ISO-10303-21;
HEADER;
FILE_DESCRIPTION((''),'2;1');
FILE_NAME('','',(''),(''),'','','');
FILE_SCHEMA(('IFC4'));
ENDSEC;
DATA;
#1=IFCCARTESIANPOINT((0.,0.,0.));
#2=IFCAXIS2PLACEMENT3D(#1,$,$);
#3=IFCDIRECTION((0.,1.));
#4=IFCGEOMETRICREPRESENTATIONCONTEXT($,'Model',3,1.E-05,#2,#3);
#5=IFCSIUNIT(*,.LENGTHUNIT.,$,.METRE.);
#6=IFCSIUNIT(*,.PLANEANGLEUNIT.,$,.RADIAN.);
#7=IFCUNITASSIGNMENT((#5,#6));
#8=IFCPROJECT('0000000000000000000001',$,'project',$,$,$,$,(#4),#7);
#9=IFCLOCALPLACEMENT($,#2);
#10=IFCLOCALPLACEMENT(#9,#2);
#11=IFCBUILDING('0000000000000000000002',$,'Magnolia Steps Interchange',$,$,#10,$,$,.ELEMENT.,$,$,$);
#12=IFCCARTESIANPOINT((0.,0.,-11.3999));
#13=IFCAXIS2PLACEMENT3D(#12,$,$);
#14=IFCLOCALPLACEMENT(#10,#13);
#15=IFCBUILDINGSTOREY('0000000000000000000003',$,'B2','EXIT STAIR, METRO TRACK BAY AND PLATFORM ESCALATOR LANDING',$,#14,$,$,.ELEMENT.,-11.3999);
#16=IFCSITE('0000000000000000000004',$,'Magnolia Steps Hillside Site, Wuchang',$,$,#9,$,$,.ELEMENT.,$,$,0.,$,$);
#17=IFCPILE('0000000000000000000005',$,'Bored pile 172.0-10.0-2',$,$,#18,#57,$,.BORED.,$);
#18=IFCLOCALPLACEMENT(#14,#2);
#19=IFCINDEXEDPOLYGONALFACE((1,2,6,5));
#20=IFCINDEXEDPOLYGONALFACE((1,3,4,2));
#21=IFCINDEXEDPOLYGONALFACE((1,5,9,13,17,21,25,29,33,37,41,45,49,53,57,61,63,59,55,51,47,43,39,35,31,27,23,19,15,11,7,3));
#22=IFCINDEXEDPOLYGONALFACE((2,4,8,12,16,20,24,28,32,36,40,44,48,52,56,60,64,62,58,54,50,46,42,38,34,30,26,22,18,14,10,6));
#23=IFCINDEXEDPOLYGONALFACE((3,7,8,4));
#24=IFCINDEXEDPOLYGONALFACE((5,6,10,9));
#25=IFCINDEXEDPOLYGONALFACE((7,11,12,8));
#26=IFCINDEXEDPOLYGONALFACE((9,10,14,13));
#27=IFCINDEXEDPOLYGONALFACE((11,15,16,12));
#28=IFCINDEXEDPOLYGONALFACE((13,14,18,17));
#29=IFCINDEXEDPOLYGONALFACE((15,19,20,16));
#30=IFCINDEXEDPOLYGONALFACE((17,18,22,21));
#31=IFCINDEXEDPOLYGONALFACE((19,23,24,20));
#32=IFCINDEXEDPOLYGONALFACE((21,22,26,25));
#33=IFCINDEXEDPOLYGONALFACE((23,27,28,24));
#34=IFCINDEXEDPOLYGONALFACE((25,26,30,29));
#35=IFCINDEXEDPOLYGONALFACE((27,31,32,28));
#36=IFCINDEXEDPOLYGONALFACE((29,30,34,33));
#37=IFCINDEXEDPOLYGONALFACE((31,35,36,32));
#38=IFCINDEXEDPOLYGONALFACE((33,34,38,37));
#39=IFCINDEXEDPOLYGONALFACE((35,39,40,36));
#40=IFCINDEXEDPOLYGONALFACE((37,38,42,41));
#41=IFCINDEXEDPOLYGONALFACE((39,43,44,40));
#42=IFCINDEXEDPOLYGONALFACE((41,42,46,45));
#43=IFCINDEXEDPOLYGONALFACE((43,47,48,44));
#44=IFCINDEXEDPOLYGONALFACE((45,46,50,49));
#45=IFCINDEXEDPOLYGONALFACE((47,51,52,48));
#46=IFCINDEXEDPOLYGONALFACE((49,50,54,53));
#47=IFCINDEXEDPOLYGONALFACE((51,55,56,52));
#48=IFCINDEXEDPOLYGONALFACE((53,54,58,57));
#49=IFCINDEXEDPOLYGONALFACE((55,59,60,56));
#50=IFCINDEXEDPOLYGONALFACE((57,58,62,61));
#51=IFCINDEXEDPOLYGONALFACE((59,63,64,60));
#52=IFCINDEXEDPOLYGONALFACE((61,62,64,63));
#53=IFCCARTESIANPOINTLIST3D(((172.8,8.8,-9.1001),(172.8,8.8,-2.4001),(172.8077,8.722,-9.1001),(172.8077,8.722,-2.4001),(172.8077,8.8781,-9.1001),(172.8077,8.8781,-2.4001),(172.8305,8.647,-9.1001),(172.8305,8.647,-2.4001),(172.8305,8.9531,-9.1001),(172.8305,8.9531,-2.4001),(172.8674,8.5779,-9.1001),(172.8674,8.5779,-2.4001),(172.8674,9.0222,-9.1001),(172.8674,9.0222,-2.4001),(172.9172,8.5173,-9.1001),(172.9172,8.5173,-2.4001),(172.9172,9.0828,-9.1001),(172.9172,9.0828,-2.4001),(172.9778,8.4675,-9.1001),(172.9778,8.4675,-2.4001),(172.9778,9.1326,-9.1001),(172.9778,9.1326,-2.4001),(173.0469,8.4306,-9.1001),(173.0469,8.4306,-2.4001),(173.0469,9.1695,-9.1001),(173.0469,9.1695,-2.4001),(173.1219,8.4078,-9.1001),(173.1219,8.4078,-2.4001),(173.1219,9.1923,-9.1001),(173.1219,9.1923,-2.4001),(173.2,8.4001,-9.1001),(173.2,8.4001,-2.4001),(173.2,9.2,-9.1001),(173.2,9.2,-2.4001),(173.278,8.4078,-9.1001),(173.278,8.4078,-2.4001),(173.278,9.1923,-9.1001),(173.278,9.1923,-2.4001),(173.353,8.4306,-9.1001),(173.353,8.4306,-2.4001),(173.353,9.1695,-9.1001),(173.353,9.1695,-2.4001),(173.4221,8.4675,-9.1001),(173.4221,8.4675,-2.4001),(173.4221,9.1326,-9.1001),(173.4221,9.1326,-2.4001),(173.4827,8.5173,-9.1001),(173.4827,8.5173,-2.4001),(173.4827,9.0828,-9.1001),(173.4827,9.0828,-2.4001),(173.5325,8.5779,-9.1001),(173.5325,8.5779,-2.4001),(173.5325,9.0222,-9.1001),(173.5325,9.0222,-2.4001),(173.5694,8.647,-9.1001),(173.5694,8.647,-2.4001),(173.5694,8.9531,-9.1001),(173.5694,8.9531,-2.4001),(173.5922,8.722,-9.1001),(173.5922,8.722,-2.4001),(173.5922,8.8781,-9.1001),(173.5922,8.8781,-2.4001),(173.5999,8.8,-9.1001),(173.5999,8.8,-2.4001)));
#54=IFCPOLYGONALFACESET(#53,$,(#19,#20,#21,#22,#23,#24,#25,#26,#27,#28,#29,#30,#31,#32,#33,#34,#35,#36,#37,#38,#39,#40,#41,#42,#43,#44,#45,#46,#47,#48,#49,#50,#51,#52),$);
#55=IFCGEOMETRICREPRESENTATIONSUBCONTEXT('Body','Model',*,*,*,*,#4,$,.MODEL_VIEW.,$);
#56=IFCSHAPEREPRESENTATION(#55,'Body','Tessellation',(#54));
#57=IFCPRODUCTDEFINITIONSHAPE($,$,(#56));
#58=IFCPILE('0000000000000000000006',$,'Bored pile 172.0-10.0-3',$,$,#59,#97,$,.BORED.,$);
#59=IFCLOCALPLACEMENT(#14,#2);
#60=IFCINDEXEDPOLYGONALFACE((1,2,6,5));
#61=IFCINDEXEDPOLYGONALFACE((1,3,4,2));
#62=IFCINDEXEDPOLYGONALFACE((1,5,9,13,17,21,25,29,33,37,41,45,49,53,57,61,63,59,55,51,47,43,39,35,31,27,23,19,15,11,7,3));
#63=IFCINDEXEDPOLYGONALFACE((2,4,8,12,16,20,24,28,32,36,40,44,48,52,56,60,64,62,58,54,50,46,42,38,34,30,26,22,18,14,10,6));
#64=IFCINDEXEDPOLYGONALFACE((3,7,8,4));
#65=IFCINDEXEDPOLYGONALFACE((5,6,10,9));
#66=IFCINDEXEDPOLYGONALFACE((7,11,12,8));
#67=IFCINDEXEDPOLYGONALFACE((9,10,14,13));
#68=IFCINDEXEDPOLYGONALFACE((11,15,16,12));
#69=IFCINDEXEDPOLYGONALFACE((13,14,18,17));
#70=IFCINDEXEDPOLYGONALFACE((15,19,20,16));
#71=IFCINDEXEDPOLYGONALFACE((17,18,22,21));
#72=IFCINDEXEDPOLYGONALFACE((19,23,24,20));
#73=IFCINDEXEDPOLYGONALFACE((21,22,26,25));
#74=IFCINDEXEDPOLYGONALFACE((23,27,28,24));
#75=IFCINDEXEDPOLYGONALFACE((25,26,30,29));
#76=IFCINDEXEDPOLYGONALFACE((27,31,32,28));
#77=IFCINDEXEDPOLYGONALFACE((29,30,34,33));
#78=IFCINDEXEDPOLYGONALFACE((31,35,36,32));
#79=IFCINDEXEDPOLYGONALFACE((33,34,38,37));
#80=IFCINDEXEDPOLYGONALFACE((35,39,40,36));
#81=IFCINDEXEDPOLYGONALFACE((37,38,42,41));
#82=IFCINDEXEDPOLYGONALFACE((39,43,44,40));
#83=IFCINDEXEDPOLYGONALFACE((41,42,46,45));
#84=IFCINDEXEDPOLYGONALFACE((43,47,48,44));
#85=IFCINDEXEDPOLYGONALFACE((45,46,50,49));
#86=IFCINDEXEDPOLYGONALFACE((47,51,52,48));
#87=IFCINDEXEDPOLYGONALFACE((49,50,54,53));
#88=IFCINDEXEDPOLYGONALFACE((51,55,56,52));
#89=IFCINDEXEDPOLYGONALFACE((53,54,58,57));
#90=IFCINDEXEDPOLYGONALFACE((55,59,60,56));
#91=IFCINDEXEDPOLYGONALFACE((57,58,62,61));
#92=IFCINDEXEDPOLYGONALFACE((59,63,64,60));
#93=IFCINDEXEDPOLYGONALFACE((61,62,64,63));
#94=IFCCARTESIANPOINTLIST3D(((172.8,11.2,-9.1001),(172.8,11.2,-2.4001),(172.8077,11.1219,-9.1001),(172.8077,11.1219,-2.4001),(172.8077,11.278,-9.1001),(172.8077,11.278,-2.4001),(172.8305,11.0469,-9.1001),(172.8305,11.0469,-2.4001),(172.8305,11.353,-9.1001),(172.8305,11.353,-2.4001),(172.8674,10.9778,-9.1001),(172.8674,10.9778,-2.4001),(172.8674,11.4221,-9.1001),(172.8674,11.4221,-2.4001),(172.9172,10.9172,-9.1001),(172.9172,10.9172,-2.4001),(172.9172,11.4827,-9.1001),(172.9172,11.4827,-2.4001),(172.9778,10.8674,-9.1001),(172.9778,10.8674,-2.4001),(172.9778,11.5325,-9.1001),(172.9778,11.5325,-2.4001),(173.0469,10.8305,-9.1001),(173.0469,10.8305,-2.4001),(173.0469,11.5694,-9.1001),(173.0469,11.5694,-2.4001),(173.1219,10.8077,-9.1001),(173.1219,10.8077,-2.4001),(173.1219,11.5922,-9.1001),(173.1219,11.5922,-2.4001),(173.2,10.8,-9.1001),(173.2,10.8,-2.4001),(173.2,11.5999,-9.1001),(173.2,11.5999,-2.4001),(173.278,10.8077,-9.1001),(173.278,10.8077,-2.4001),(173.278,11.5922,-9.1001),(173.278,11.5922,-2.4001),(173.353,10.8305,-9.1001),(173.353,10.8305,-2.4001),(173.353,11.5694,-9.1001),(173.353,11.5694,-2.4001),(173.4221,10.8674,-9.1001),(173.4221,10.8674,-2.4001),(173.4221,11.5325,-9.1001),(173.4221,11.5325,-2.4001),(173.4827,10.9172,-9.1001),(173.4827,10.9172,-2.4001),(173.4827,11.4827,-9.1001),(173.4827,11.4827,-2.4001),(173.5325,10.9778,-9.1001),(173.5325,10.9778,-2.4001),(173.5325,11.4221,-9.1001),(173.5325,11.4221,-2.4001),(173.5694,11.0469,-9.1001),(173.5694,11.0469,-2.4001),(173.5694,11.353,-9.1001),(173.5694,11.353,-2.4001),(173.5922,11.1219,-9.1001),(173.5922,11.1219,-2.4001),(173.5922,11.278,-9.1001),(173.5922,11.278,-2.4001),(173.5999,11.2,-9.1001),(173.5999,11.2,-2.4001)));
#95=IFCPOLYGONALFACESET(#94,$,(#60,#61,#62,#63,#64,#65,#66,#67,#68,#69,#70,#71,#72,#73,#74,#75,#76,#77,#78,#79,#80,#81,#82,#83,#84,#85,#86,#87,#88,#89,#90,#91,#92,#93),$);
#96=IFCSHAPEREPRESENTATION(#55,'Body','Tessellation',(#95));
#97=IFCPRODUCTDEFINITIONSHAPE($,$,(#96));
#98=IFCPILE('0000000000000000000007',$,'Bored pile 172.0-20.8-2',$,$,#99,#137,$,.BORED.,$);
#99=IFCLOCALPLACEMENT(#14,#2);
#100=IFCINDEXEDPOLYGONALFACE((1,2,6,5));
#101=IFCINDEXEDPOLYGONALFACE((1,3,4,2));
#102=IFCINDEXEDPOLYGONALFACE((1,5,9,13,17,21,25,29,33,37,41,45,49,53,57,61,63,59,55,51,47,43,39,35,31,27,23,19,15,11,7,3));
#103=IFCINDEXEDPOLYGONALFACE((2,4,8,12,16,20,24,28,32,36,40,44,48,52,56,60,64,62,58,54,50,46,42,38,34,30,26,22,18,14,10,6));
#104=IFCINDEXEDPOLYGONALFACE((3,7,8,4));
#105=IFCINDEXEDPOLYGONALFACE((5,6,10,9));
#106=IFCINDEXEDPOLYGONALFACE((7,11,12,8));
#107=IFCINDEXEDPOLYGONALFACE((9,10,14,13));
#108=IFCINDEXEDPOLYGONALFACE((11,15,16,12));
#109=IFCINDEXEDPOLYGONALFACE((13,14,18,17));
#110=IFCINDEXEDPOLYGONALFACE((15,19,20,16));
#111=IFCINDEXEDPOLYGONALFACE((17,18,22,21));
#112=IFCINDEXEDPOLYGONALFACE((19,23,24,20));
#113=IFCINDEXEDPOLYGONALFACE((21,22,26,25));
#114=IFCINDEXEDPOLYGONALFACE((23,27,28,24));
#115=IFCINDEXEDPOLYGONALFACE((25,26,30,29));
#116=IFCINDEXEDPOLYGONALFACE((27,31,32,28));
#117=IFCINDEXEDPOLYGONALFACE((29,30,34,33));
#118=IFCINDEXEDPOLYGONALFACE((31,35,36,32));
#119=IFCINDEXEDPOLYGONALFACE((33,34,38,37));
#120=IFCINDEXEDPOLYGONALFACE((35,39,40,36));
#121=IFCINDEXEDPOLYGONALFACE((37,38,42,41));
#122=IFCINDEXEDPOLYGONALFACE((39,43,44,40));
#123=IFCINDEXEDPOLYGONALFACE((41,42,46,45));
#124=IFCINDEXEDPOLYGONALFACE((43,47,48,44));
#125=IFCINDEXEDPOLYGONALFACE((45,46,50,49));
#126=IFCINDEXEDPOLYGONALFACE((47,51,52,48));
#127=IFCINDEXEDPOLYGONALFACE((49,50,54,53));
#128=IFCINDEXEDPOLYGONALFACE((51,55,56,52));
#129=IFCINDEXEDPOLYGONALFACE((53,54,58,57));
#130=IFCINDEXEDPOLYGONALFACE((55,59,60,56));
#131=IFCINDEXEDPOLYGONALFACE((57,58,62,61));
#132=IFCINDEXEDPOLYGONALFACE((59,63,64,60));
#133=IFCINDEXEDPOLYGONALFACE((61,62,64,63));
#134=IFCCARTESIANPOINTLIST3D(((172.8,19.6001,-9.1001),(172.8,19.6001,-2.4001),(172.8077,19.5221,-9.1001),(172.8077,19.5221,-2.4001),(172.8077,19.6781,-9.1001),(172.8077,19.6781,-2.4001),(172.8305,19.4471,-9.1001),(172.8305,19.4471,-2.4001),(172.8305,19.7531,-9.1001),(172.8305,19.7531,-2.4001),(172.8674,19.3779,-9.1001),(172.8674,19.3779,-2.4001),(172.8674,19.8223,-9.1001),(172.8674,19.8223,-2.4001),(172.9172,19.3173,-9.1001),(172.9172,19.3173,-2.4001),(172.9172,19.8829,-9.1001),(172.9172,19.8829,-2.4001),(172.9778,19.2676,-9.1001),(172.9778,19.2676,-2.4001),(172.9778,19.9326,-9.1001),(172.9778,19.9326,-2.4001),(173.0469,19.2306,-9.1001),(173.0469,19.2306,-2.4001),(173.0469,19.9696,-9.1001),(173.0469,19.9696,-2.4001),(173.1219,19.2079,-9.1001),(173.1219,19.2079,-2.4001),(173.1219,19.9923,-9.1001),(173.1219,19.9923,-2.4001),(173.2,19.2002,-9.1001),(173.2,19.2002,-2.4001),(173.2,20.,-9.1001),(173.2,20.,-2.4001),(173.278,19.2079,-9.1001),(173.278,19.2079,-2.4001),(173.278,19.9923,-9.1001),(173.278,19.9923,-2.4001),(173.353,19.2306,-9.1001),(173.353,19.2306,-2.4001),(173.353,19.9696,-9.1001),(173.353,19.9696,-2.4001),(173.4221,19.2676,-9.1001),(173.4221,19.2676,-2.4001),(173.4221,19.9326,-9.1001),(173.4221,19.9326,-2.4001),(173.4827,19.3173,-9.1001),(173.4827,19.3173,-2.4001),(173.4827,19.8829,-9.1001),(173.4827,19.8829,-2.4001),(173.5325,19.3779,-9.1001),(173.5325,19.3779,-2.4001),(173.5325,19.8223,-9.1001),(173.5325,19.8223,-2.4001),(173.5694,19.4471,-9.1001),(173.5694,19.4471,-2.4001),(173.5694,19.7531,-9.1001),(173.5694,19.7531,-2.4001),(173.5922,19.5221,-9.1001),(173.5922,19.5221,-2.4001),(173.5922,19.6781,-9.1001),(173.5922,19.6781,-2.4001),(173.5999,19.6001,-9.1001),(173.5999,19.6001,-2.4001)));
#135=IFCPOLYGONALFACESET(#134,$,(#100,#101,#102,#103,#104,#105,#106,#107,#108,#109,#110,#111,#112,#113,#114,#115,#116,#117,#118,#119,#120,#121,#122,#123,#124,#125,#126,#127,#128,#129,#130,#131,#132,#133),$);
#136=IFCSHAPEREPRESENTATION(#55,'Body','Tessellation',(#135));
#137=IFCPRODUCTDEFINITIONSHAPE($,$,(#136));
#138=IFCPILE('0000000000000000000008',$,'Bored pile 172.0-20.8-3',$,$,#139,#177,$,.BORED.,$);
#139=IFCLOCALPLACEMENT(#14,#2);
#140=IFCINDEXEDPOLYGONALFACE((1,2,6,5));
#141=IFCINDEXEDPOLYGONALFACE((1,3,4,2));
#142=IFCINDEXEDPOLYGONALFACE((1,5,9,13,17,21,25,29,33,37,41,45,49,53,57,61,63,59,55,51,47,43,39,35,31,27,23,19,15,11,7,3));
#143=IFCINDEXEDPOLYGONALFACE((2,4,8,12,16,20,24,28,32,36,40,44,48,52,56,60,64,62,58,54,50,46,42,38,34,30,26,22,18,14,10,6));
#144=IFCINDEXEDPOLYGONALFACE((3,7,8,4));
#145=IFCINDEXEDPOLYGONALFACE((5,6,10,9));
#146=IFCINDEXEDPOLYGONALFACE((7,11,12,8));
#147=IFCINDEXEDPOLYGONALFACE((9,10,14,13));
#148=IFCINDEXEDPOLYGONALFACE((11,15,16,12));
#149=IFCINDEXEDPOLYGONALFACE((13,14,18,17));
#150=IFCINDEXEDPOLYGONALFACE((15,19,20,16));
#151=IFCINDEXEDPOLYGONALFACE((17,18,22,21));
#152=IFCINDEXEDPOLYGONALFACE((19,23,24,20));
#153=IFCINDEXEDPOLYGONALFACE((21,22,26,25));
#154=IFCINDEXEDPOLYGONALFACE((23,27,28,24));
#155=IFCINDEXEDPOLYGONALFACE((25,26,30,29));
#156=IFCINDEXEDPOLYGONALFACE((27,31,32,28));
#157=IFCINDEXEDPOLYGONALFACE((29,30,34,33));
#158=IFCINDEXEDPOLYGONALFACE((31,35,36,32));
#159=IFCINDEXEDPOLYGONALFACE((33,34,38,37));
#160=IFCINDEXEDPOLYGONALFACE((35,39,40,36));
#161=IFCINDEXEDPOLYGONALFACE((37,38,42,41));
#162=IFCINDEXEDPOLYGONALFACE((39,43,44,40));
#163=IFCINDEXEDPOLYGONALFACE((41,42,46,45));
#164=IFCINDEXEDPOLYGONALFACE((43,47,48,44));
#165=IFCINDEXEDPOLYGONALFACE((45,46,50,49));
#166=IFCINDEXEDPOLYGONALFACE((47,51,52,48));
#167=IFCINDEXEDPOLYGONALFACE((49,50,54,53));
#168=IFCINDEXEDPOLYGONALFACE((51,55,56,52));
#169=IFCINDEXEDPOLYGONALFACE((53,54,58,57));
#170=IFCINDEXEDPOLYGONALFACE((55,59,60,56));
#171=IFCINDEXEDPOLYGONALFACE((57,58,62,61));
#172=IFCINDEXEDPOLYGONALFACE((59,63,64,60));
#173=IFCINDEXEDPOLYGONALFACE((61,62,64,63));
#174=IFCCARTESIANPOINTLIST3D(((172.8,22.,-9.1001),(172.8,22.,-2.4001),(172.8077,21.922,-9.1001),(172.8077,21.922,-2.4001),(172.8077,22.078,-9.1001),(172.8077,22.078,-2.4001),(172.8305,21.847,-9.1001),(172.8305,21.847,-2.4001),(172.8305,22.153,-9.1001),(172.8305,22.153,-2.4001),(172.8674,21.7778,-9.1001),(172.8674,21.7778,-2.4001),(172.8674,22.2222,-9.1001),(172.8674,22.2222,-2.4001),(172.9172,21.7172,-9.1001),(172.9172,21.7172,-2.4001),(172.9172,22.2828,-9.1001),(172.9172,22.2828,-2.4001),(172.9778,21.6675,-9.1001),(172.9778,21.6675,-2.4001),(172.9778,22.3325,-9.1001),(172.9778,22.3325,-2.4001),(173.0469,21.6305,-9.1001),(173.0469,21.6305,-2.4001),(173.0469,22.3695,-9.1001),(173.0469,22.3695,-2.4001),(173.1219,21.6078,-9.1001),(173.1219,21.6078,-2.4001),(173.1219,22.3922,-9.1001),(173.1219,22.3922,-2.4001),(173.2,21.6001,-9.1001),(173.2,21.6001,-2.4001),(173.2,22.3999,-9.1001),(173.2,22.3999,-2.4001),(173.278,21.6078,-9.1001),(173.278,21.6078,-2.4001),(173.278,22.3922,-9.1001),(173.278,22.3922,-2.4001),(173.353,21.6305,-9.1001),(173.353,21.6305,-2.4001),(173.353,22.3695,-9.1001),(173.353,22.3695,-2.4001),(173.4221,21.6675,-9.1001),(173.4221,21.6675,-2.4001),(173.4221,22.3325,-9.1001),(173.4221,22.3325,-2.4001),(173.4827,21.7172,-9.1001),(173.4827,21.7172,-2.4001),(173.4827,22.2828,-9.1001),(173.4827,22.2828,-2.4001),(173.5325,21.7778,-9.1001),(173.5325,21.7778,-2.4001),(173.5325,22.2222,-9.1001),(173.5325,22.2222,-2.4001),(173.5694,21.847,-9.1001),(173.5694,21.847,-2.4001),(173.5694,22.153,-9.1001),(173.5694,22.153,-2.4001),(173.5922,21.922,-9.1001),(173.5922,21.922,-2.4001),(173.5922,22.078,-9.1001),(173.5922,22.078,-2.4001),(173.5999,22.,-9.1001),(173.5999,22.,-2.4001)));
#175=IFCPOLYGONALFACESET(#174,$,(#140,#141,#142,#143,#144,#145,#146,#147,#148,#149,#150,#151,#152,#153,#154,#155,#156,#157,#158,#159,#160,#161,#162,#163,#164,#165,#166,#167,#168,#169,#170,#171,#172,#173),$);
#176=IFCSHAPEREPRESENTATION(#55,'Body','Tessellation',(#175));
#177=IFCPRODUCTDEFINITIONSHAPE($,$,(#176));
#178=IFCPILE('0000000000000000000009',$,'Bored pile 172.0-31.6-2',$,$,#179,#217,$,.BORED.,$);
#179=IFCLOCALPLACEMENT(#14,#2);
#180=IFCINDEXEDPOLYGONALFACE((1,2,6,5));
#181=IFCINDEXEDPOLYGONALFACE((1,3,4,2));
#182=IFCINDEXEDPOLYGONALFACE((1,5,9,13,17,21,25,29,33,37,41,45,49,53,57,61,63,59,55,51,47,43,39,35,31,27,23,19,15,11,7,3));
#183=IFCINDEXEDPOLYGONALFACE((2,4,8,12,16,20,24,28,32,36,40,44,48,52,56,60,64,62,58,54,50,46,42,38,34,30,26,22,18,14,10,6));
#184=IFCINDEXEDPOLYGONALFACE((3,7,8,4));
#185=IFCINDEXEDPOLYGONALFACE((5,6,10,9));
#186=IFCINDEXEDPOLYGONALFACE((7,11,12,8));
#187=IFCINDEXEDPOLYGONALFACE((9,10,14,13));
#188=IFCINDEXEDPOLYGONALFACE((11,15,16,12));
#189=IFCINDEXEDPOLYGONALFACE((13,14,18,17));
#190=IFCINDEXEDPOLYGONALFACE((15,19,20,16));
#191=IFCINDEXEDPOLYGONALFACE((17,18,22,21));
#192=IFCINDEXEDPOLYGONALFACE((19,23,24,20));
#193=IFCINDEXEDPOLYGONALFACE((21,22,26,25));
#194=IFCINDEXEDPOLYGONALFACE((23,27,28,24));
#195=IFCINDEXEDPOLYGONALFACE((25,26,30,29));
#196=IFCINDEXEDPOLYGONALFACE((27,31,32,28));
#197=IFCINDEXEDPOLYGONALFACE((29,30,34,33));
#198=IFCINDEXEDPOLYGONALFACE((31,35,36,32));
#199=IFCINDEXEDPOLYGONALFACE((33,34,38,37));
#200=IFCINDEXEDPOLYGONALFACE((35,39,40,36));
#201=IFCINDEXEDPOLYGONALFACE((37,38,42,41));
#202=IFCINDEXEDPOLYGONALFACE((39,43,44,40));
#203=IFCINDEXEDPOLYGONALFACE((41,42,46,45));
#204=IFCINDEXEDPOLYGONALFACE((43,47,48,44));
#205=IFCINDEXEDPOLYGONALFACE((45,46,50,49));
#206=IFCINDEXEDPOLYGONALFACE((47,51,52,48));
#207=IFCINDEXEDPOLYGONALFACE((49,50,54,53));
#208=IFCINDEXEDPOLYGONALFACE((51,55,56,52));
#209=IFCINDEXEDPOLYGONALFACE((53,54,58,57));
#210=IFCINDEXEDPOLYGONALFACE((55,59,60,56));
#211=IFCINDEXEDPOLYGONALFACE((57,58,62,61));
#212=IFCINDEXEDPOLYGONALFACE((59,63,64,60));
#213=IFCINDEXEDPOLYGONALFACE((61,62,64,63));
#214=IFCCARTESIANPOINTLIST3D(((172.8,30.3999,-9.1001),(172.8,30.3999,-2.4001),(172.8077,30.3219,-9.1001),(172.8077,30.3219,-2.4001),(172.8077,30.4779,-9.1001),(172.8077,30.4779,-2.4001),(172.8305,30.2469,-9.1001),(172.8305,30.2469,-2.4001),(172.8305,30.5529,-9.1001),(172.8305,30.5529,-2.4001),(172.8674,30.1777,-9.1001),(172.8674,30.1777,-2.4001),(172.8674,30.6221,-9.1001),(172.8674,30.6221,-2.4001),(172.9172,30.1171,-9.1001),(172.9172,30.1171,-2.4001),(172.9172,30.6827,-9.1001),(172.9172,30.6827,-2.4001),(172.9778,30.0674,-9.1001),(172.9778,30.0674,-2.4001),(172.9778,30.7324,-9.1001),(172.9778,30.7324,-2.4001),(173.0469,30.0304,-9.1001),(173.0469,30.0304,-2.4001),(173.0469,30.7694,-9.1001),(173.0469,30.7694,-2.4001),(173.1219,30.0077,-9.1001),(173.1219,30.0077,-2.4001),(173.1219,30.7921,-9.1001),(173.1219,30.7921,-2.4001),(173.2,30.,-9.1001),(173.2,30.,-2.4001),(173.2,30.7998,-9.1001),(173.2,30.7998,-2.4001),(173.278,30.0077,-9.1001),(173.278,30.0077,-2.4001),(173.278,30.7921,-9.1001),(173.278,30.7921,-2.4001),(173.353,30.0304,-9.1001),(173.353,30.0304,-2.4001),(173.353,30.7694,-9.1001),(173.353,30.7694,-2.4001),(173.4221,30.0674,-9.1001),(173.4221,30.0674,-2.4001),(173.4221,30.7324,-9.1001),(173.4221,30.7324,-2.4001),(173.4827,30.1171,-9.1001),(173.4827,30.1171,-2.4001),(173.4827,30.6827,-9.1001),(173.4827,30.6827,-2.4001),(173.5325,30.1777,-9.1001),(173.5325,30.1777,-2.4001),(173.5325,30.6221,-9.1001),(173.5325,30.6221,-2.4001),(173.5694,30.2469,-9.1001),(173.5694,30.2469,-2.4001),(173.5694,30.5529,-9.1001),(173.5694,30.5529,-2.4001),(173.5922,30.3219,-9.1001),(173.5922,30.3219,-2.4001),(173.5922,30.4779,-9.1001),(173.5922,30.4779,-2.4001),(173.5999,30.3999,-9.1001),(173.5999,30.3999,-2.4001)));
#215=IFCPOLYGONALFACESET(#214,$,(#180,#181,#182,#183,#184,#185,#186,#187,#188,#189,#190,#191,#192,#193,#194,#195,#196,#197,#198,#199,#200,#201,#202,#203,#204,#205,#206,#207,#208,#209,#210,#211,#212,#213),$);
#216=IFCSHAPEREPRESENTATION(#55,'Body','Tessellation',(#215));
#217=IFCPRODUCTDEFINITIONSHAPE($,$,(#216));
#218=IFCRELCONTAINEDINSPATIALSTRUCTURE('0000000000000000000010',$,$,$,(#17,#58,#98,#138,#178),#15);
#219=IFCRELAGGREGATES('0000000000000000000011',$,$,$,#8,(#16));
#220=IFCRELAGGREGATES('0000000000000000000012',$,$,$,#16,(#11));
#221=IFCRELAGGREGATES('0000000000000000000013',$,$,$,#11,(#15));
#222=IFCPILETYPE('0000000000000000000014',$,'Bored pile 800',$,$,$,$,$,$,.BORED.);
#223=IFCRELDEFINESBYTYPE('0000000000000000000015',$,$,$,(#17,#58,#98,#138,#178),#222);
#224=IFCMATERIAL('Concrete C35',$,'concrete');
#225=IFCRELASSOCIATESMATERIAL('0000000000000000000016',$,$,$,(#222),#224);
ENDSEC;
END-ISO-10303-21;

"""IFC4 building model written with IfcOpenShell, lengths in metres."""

from ifc_helpers import new_model, si_unit, direction, frame, origin, origin_2d, place, context, subcontext, project, spatial, circle, extrude, material, material_profile, profile_set, type_object, element, save


model = new_model("IFC4")

# Units and contexts
model_context = context("Model", 3, precision=1e-05, world=origin(), true_north=direction((0.0, 1.0)))
body_context = subcontext(model_context, "Body", "Model", "MODEL_VIEW")
ifc_project = project(units=[si_unit("LENGTHUNIT", "METRE"), si_unit("PLANEANGLEUNIT", "RADIAN")], contexts=[model_context])

# Site, building, storey
site_placement = place(None, origin())
site = spatial("IfcSite", under=ifc_project, at=site_placement, Name="Magnolia Steps Hillside Site, Wuchang", CompositionType="ELEMENT", RefElevation=0.0)
building_placement = place(site_placement, origin())
building = spatial("IfcBuilding", under=site, at=building_placement, Name="Magnolia Steps Interchange", CompositionType="ELEMENT")
storey_placement = place(building_placement, frame((0.0, 0.0, -11.3999)))
storey = spatial("IfcBuildingStorey", under=building, at=storey_placement, Name="B2", Description="EXIT STAIR, METRO TRACK BAY AND PLATFORM ESCALATOR LANDING", CompositionType="ELEMENT", Elevation=-11.3999)

# Piles
ifc_material_1 = material(Name="Concrete C35", Category="concrete")
ifc_material_profile_1 = material_profile(ifc_material_1, circle(Radius=0.3999, at=origin_2d()), Name="Bored pile 800")
ifc_profile_set_1 = profile_set([ifc_material_profile_1], Name="Concrete C35")
pile_type = type_object("IfcPileType", Name="Bored pile 800", PredefinedType="BORED", material=ifc_profile_set_1)
for number, where, z_axis, x_axis, name in (
    (1, (173.2, 8.8, -2.4001), (0.0, 0.0, -1.0), (1.0, 0.0, 0.0), "Bored pile 172.0-10.0-2"),
    (2, (173.2, 11.2, -2.4001), (0.0, 0.0, -1.0), (1.0, 0.0, 0.0), "Bored pile 172.0-10.0-3"),
    (3, (173.2, 19.6001, -2.4001), (0.0, 0.0, -1.0), (1.0, 0.0, 0.0), "Bored pile 172.0-20.8-2"),
    (4, (173.2, 22.0, -2.4001), (0.0, 0.0, -1.0), (1.0, 0.0, 0.0), "Bored pile 172.0-20.8-3"),
    (5, (173.2, 30.3999, -2.4001), (0.0, 0.0, -1.0), (1.0, 0.0, 0.0), "Bored pile 172.0-31.6-2"),
):
    element("IfcPile", number, at=place(storey_placement, frame(where, z_axis=z_axis, x_axis=x_axis)), inside=storey, type_object=pile_type, Name=name, PredefinedType="BORED", context=body_context, shape_type="SweptSolid", body=[
        extrude(circle(Radius=0.3999, at=origin_2d()), origin(), (0.0, 0.0, 1.0), 6.7),
    ])

save(model, "model.ifc")
